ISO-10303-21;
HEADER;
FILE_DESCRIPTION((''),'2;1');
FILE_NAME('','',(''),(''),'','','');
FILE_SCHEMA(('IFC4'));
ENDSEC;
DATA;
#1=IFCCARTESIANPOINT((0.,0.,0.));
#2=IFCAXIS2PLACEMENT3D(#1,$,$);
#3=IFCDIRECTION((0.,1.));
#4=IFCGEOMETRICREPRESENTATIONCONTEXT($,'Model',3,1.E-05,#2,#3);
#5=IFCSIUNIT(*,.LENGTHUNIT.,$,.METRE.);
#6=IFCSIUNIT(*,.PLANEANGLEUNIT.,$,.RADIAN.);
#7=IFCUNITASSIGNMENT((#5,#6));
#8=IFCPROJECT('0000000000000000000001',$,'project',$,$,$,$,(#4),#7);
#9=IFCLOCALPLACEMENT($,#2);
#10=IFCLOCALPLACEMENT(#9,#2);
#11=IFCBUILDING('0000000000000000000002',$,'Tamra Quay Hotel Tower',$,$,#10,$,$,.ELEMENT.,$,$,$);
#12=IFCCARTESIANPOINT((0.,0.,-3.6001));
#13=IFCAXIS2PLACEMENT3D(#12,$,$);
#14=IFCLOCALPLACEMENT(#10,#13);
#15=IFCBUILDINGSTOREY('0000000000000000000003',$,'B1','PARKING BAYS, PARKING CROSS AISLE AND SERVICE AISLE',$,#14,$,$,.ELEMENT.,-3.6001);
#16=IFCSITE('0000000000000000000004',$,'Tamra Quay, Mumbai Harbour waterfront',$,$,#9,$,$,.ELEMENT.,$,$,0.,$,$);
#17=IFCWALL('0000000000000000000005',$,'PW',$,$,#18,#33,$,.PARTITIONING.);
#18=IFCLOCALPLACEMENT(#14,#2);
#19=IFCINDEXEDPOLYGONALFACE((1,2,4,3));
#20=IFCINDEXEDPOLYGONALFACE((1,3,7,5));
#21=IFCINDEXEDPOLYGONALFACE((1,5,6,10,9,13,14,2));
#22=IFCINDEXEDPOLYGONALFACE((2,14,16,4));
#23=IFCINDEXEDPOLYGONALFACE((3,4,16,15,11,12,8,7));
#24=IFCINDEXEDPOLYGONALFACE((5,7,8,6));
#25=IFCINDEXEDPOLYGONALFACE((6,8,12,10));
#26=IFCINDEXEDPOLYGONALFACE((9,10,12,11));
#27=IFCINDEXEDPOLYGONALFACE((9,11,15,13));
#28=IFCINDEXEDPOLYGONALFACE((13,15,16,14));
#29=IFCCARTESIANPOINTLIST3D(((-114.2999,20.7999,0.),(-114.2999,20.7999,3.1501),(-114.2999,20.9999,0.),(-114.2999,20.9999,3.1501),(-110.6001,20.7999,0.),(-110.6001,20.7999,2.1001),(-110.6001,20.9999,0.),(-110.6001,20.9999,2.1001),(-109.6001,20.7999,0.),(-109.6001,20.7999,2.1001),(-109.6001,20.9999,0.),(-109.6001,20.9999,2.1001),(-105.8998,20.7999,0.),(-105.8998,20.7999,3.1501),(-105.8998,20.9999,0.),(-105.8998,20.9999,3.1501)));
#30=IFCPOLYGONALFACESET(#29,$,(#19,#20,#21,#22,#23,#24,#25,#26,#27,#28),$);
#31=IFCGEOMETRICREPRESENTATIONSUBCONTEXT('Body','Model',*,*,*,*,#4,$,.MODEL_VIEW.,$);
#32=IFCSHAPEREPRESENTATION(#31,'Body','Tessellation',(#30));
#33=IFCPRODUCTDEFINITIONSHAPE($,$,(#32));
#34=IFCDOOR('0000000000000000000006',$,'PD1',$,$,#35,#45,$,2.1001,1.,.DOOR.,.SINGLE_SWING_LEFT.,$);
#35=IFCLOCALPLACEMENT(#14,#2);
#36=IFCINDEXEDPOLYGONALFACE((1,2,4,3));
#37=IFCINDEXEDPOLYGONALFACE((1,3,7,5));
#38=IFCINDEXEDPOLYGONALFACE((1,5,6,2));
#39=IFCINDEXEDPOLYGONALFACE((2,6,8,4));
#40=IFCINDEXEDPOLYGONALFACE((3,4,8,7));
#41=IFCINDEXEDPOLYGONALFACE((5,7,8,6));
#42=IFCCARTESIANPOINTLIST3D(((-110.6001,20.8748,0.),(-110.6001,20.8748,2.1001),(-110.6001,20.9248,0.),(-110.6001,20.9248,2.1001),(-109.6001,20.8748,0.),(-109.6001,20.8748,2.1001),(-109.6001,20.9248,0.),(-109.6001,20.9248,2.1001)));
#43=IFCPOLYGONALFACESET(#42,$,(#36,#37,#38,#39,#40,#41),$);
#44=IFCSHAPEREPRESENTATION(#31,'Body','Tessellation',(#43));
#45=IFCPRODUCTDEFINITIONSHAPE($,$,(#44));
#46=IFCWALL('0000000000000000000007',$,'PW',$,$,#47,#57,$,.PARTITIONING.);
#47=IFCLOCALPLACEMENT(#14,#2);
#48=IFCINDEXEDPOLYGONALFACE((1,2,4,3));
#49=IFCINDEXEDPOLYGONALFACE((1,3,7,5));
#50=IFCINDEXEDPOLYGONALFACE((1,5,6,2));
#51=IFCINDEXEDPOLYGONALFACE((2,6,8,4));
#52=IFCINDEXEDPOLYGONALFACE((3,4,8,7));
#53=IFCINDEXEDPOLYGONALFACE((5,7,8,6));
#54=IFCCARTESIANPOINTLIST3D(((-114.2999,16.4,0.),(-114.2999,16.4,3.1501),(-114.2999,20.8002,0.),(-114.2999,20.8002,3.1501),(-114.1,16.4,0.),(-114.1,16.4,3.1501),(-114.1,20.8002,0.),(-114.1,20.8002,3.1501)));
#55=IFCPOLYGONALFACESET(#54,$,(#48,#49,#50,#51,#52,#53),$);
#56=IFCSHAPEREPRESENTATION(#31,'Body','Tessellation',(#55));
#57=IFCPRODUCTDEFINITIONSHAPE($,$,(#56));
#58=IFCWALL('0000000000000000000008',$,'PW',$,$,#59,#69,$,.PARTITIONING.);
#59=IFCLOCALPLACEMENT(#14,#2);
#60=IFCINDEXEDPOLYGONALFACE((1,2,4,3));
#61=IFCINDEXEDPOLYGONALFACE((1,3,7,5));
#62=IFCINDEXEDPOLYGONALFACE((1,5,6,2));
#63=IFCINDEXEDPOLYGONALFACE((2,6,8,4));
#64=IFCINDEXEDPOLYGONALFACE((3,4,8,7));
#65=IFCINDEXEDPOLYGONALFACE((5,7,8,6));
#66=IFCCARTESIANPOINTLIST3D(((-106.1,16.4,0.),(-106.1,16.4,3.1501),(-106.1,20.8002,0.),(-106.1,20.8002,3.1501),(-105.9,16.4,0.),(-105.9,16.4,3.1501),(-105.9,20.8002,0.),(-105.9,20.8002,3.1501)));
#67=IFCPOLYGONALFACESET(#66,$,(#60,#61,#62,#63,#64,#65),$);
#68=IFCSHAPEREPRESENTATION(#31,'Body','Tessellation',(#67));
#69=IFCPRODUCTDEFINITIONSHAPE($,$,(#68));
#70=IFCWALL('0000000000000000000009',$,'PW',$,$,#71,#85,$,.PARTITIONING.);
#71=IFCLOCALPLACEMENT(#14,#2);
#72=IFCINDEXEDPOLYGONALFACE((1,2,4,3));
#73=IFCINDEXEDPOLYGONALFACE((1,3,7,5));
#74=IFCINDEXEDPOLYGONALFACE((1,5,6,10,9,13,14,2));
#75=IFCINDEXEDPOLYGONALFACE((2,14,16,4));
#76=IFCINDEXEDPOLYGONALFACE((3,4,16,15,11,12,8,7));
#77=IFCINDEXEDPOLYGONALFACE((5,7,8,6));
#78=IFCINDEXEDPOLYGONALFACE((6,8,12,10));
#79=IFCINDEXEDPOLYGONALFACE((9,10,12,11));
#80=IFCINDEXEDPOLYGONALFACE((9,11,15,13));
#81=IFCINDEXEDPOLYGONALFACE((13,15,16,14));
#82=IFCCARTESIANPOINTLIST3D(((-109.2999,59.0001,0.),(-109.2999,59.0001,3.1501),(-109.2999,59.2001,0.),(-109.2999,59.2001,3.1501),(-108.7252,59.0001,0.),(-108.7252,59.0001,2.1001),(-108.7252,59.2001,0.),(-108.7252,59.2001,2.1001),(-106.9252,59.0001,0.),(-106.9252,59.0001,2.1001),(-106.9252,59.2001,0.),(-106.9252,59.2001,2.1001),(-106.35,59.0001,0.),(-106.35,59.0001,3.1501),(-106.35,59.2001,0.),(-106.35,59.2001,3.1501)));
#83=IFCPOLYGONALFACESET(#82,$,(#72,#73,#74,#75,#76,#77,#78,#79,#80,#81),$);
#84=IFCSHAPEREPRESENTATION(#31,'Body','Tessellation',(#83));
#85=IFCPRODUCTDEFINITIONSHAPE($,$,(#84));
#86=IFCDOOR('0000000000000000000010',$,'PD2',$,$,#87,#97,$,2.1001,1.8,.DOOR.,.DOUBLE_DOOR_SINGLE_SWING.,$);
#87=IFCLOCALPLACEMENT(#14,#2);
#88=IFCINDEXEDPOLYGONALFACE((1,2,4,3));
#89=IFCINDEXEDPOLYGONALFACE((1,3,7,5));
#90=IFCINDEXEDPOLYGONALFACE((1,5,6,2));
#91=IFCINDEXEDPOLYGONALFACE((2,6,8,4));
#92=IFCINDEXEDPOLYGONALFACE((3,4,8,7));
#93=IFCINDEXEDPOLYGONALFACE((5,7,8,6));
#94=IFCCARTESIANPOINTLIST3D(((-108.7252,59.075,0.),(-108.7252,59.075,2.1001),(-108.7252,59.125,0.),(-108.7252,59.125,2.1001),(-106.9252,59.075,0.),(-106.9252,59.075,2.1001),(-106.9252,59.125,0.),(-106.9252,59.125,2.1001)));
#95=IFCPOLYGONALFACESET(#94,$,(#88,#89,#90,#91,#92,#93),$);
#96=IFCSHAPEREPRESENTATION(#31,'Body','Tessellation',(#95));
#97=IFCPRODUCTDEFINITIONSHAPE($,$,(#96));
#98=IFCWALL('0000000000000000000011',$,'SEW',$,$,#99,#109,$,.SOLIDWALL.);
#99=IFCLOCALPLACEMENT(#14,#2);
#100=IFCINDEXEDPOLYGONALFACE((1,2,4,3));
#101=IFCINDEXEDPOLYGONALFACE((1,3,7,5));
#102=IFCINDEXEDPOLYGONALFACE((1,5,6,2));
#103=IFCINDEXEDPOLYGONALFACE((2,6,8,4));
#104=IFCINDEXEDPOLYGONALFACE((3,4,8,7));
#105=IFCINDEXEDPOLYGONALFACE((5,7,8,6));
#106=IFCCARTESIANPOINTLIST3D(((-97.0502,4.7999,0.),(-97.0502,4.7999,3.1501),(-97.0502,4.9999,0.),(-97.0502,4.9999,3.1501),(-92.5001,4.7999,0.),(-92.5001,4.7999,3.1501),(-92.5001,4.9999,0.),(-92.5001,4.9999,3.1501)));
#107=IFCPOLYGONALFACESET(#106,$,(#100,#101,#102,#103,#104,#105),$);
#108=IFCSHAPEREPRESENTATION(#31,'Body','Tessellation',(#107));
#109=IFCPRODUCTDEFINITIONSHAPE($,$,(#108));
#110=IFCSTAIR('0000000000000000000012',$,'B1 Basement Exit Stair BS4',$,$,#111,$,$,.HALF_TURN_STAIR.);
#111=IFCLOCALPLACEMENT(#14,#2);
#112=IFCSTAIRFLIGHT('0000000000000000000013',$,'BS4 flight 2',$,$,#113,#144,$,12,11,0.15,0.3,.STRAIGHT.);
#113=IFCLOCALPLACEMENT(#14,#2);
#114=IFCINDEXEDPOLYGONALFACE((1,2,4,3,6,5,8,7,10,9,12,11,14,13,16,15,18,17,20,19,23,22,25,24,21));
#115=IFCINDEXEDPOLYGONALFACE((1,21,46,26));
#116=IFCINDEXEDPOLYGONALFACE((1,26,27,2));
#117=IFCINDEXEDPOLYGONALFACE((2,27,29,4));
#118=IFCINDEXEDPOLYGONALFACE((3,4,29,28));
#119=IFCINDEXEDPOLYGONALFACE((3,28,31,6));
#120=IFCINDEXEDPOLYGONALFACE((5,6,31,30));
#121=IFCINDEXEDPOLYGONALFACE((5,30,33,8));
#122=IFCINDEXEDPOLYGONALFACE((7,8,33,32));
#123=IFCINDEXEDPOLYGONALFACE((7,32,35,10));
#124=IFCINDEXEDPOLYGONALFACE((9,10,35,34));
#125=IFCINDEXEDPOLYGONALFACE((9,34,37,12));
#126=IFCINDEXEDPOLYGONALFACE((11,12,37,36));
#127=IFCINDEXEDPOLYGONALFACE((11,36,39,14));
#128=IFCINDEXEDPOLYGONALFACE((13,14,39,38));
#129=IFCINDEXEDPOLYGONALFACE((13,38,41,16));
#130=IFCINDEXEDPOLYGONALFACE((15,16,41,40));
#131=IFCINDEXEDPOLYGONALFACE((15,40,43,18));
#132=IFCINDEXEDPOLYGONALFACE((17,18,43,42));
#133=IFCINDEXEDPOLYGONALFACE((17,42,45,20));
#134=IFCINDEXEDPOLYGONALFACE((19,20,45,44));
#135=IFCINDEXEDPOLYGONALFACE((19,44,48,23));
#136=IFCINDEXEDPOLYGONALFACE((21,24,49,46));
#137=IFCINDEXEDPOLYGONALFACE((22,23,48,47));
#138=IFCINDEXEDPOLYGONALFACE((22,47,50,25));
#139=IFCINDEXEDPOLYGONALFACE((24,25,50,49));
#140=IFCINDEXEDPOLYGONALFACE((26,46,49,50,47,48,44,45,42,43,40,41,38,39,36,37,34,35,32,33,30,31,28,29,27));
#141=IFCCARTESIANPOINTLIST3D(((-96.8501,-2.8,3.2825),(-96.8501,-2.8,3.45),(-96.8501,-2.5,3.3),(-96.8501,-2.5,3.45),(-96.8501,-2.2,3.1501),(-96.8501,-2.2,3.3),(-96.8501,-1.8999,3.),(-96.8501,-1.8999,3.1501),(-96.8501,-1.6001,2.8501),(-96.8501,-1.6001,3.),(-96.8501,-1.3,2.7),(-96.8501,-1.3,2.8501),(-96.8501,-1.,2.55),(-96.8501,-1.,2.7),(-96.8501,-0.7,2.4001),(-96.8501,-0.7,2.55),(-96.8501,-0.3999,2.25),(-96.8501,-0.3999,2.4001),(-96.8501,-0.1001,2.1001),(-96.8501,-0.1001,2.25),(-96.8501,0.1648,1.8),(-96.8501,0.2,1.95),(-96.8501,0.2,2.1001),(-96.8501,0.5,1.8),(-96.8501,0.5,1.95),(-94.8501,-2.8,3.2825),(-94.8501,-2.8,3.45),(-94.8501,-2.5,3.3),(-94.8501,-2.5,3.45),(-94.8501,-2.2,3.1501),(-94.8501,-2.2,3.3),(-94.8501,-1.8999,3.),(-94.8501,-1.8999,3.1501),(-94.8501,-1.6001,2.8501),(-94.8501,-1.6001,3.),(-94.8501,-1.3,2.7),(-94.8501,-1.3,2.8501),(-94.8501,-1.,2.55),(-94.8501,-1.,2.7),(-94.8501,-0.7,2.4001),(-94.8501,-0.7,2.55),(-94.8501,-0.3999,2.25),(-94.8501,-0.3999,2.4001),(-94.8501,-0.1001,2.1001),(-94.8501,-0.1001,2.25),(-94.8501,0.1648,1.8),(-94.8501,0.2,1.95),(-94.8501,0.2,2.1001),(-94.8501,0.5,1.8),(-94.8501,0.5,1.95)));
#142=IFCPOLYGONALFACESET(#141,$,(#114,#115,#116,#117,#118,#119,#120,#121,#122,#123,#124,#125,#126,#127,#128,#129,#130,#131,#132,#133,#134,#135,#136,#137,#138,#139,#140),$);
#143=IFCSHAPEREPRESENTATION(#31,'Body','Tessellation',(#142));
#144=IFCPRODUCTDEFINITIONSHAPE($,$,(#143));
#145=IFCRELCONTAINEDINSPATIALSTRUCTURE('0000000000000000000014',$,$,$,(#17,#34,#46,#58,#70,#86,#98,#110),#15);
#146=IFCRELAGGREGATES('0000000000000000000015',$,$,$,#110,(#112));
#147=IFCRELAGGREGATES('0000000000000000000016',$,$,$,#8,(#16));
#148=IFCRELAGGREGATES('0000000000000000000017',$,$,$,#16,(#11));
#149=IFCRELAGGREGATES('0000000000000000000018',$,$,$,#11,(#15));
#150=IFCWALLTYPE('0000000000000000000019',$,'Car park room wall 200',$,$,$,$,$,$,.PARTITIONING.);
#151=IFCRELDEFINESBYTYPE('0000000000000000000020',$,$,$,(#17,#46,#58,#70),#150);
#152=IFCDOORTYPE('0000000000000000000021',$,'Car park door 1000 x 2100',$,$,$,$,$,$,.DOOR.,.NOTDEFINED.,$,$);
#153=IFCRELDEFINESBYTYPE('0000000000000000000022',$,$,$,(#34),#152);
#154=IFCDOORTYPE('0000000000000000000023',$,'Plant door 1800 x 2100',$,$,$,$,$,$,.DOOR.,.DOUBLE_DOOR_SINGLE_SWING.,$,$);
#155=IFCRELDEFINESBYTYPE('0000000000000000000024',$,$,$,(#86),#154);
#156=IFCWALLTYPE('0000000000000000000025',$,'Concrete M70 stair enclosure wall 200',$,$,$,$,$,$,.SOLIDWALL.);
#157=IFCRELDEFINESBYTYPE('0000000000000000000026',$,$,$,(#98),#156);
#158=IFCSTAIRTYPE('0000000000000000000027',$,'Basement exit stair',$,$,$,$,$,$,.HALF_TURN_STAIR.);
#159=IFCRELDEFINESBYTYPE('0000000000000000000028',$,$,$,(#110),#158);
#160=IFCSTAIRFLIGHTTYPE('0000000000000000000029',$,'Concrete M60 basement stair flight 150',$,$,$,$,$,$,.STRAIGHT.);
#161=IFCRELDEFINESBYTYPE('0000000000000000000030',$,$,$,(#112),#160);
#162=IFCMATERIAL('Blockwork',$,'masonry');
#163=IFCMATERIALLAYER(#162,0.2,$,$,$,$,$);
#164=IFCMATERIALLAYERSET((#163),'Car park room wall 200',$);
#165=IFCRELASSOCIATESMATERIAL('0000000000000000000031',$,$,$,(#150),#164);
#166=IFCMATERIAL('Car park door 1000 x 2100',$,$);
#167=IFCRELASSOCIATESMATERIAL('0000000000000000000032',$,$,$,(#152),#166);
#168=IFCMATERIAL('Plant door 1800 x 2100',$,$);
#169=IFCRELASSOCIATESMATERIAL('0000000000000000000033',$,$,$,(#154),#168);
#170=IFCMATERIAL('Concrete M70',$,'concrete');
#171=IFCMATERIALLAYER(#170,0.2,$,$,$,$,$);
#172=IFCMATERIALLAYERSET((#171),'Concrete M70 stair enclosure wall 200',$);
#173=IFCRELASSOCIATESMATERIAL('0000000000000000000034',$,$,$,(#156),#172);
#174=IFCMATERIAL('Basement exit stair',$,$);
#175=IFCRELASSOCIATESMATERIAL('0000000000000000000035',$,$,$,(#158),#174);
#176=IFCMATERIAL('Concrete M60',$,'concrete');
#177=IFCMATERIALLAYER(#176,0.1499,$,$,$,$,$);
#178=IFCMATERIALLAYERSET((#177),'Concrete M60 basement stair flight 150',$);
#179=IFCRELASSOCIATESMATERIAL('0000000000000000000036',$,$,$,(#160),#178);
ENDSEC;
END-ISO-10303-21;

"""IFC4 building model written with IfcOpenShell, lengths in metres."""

from ifc_helpers import new_model, si_unit, direction, frame, frame_2d, origin, place, context, subcontext, project, spatial, polyline, rectangle, outline, extrude, material, layer, layer_set, type_object, element, fill, aggregate, save


model = new_model("IFC4")

# Units and contexts
model_context = context("Model", 3, precision=1e-05, world=origin(), true_north=direction((0.0, 1.0)))
body_context = subcontext(model_context, "Body", "Model", "MODEL_VIEW")
ifc_project = project(units=[si_unit("LENGTHUNIT", "METRE"), si_unit("PLANEANGLEUNIT", "RADIAN")], contexts=[model_context])

# Site, building, storey
site_placement = place(None, origin())
site = spatial("IfcSite", under=ifc_project, at=site_placement, Name="Tamra Quay, Mumbai Harbour waterfront", CompositionType="ELEMENT", RefElevation=0.0)
building_placement = place(site_placement, origin())
building = spatial("IfcBuilding", under=site, at=building_placement, Name="Tamra Quay Hotel Tower", CompositionType="ELEMENT")
storey_placement = place(building_placement, frame((0.0, 0.0, -3.6001)))
storey = spatial("IfcBuildingStorey", under=building, at=storey_placement, Name="B1", Description="PARKING BAYS, PARKING CROSS AISLE AND SERVICE AISLE", CompositionType="ELEMENT", Elevation=-3.6001)

# Shared definitions
ifc_material_1 = material(Name="Concrete M70", Category="concrete")

# Shared definitions
ifc_material_2 = material(Name="Blockwork", Category="masonry")
ifc_layer_1 = layer(ifc_material_2, 0.2)
ifc_layer_set_1 = layer_set([ifc_layer_1], Name="Car park room wall 200")
wall_type_1 = type_object("IfcWallType", Name="Car park room wall 200", PredefinedType="PARTITIONING", material=ifc_layer_set_1)

# Wall, opening, door
wall_1_placement = place(storey_placement, frame((-114.3, 20.8999, 0.0), z_axis=(0.0, 0.0, 1.0), x_axis=(1.0, 0.0, 0.0)))
wall_1 = element("IfcWall", 1, at=wall_1_placement, inside=storey, type_object=wall_type_1, Name="PW", PredefinedType="PARTITIONING", context=body_context, shape_type="SweptSolid", body=[
    extrude(rectangle(XDim=8.4001, YDim=0.2, at=frame_2d((4.2002, 0.0))), origin(), (0.0, 0.0, 1.0), 3.1501),
])
opening_1_placement = place(wall_1_placement, frame((3.7, 0.0, 0.0)))
opening_1 = element("IfcOpeningElement", 2, at=opening_1_placement, cuts=wall_1, PredefinedType="OPENING", context=body_context, shape_type="SweptSolid", body=[
    extrude(rectangle(XDim=1.0, YDim=2.1001, at=frame_2d((0.5, 1.05))), frame((0.0, 0.1099, 0.0), z_axis=(0.0, -1.0, 0.0), x_axis=(1.0, 0.0, 0.0)), (0.0, 0.0, 1.0), 0.22),
])
ifc_material_3 = material(Name="Car park door 1000 x 2100")
door_type_1 = type_object("IfcDoorType", Name="Car park door 1000 x 2100", OperationType="NOTDEFINED", PredefinedType="DOOR", material=ifc_material_3)
door_1_placement = place(opening_1_placement, origin())
door_1 = element("IfcDoor", 3, at=door_1_placement, inside=storey, type_object=door_type_1, Name="PD1", OperationType="SINGLE_SWING_LEFT", OverallHeight=2.1001, OverallWidth=1.0, PredefinedType="DOOR", context=body_context, shape_type="SweptSolid", body=[
    extrude(rectangle(XDim=1.0, YDim=2.1001, at=frame_2d((0.5, 1.05))), frame((0.0, 0.0249, 0.0), z_axis=(0.0, -1.0, 0.0), x_axis=(1.0, 0.0, 0.0)), (0.0, 0.0, 1.0), 0.05),
])
fill(opening_1, door_1)

# Walls
for number, where, z_axis, x_axis, name in (
    (4, (-114.2, 16.3999, 0.0), (0.0, 0.0, 1.0), (0.0, 1.0, 0.0), "PW"),
    (5, (-106.0, 16.3999, 0.0), (0.0, 0.0, 1.0), (0.0, 1.0, 0.0), "PW"),
):
    element("IfcWall", number, at=place(storey_placement, frame(where, z_axis=z_axis, x_axis=x_axis)), inside=storey, type_object=wall_type_1, Name=name, PredefinedType="PARTITIONING", context=body_context, shape_type="SweptSolid", body=[
        extrude(rectangle(XDim=4.4001, YDim=0.2, at=frame_2d((2.2002, 0.0))), origin(), (0.0, 0.0, 1.0), 3.1501),
    ])

# Wall, opening, door
wall_2_placement = place(storey_placement, frame((-109.3, 59.1001, 0.0), z_axis=(0.0, 0.0, 1.0), x_axis=(1.0, 0.0, 0.0)))
wall_2 = element("IfcWall", 6, at=wall_2_placement, inside=storey, type_object=wall_type_1, Name="PW", PredefinedType="PARTITIONING", context=body_context, shape_type="SweptSolid", body=[
    extrude(rectangle(XDim=2.95, YDim=0.2, at=frame_2d((1.4751, 0.0))), origin(), (0.0, 0.0, 1.0), 3.1501),
])
opening_2_placement = place(wall_2_placement, frame((0.575, 0.0, 0.0)))
opening_2 = element("IfcOpeningElement", 7, at=opening_2_placement, cuts=wall_2, PredefinedType="OPENING", context=body_context, shape_type="SweptSolid", body=[
    extrude(rectangle(XDim=1.8, YDim=2.1001, at=frame_2d((0.8999, 1.05))), frame((0.0, 0.1099, 0.0), z_axis=(0.0, -1.0, 0.0), x_axis=(1.0, 0.0, 0.0)), (0.0, 0.0, 1.0), 0.22),
])
ifc_material_4 = material(Name="Plant door 1800 x 2100")
door_type_2 = type_object("IfcDoorType", Name="Plant door 1800 x 2100", OperationType="DOUBLE_DOOR_SINGLE_SWING", PredefinedType="DOOR", material=ifc_material_4)
door_2_placement = place(opening_2_placement, origin())
door_2 = element("IfcDoor", 8, at=door_2_placement, inside=storey, type_object=door_type_2, Name="PD2", OperationType="DOUBLE_DOOR_SINGLE_SWING", OverallHeight=2.1001, OverallWidth=1.8, PredefinedType="DOOR", context=body_context, shape_type="SweptSolid", body=[
    extrude(rectangle(XDim=1.8, YDim=2.1001, at=frame_2d((0.8999, 1.05))), frame((0.0, 0.0249, 0.0), z_axis=(0.0, -1.0, 0.0), x_axis=(1.0, 0.0, 0.0)), (0.0, 0.0, 1.0), 0.05),
])
fill(opening_2, door_2)

# Wall
ifc_layer_2 = layer(ifc_material_1, 0.2)
ifc_layer_set_2 = layer_set([ifc_layer_2], Name="Concrete M70 stair enclosure wall 200")
wall_type_2 = type_object("IfcWallType", Name="Concrete M70 stair enclosure wall 200", PredefinedType="SOLIDWALL", material=ifc_layer_set_2)
wall_3_placement = place(storey_placement, frame((-97.05, 4.8999, 0.0), z_axis=(0.0, 0.0, 1.0), x_axis=(1.0, 0.0, 0.0)))
element("IfcWall", 9, at=wall_3_placement, inside=storey, type_object=wall_type_2, Name="SEW", PredefinedType="SOLIDWALL", context=body_context, shape_type="SweptSolid", body=[
    extrude(rectangle(XDim=4.55, YDim=0.2, at=frame_2d((2.2749, 0.0))), origin(), (0.0, 0.0, 1.0), 3.1501),
])

# Stair, stair flight
ifc_material_5 = material(Name="Basement exit stair")
stair_type = type_object("IfcStairType", Name="Basement exit stair", PredefinedType="HALF_TURN_STAIR", material=ifc_material_5)
stair_placement = place(storey_placement, origin())
stair = element("IfcStair", 10, at=stair_placement, inside=storey, type_object=stair_type, Name="B1 Basement Exit Stair BS4", PredefinedType="HALF_TURN_STAIR")
ifc_material_6 = material(Name="Concrete M60", Category="concrete")
ifc_layer_3 = layer(ifc_material_6, 0.1499)
ifc_layer_set_3 = layer_set([ifc_layer_3], Name="Concrete M60 basement stair flight 150")
stair_flight_type = type_object("IfcStairFlightType", Name="Concrete M60 basement stair flight 150", PredefinedType="STRAIGHT", material=ifc_layer_set_3)
stair_flight_placement = place(storey_placement, frame((-95.8501, 0.5, 1.8), z_axis=(0.0, 0.0, 1.0), x_axis=(0.0, -1.0, 0.0)))
stair_flight = element("IfcStairFlight", 11, at=stair_flight_placement, type_object=stair_flight_type, Name="BS4 flight 2", NumberOfRisers=12, NumberOfTreads=11, PredefinedType="STRAIGHT", RiserHeight=0.15, TreadLength=0.3, context=body_context, shape_type="SweptSolid", body=[
    extrude(outline(polyline([(0.0, 0.0), (0.0, 0.1499), (0.3, 0.1499), (0.3, 0.3), (0.6001, 0.3), (0.6001, 0.45), (0.8999, 0.45), (0.8999, 0.6001), (1.2, 0.6001), (1.2, 0.75), (1.5, 0.75), (1.5, 0.8999), (1.8, 0.8999), (1.8, 1.05), (2.1001, 1.05), (2.1001, 1.2), (2.3999, 1.2), (2.3999, 1.3501), (2.7, 1.3501), (2.7, 1.5), (3.0, 1.5), (3.0, 1.6499), (3.3, 1.6499), (3.3, 1.8), (3.3, 1.4824), (0.3352, 0.0), (0.0, 0.0)])), frame((0.0, 1.0, 0.0), z_axis=(0.0, -1.0, 0.0), x_axis=(1.0, 0.0, 0.0)), (0.0, 0.0, 1.0), 2.0),
])
aggregate(stair, [stair_flight])

save(model, "model.ifc")
